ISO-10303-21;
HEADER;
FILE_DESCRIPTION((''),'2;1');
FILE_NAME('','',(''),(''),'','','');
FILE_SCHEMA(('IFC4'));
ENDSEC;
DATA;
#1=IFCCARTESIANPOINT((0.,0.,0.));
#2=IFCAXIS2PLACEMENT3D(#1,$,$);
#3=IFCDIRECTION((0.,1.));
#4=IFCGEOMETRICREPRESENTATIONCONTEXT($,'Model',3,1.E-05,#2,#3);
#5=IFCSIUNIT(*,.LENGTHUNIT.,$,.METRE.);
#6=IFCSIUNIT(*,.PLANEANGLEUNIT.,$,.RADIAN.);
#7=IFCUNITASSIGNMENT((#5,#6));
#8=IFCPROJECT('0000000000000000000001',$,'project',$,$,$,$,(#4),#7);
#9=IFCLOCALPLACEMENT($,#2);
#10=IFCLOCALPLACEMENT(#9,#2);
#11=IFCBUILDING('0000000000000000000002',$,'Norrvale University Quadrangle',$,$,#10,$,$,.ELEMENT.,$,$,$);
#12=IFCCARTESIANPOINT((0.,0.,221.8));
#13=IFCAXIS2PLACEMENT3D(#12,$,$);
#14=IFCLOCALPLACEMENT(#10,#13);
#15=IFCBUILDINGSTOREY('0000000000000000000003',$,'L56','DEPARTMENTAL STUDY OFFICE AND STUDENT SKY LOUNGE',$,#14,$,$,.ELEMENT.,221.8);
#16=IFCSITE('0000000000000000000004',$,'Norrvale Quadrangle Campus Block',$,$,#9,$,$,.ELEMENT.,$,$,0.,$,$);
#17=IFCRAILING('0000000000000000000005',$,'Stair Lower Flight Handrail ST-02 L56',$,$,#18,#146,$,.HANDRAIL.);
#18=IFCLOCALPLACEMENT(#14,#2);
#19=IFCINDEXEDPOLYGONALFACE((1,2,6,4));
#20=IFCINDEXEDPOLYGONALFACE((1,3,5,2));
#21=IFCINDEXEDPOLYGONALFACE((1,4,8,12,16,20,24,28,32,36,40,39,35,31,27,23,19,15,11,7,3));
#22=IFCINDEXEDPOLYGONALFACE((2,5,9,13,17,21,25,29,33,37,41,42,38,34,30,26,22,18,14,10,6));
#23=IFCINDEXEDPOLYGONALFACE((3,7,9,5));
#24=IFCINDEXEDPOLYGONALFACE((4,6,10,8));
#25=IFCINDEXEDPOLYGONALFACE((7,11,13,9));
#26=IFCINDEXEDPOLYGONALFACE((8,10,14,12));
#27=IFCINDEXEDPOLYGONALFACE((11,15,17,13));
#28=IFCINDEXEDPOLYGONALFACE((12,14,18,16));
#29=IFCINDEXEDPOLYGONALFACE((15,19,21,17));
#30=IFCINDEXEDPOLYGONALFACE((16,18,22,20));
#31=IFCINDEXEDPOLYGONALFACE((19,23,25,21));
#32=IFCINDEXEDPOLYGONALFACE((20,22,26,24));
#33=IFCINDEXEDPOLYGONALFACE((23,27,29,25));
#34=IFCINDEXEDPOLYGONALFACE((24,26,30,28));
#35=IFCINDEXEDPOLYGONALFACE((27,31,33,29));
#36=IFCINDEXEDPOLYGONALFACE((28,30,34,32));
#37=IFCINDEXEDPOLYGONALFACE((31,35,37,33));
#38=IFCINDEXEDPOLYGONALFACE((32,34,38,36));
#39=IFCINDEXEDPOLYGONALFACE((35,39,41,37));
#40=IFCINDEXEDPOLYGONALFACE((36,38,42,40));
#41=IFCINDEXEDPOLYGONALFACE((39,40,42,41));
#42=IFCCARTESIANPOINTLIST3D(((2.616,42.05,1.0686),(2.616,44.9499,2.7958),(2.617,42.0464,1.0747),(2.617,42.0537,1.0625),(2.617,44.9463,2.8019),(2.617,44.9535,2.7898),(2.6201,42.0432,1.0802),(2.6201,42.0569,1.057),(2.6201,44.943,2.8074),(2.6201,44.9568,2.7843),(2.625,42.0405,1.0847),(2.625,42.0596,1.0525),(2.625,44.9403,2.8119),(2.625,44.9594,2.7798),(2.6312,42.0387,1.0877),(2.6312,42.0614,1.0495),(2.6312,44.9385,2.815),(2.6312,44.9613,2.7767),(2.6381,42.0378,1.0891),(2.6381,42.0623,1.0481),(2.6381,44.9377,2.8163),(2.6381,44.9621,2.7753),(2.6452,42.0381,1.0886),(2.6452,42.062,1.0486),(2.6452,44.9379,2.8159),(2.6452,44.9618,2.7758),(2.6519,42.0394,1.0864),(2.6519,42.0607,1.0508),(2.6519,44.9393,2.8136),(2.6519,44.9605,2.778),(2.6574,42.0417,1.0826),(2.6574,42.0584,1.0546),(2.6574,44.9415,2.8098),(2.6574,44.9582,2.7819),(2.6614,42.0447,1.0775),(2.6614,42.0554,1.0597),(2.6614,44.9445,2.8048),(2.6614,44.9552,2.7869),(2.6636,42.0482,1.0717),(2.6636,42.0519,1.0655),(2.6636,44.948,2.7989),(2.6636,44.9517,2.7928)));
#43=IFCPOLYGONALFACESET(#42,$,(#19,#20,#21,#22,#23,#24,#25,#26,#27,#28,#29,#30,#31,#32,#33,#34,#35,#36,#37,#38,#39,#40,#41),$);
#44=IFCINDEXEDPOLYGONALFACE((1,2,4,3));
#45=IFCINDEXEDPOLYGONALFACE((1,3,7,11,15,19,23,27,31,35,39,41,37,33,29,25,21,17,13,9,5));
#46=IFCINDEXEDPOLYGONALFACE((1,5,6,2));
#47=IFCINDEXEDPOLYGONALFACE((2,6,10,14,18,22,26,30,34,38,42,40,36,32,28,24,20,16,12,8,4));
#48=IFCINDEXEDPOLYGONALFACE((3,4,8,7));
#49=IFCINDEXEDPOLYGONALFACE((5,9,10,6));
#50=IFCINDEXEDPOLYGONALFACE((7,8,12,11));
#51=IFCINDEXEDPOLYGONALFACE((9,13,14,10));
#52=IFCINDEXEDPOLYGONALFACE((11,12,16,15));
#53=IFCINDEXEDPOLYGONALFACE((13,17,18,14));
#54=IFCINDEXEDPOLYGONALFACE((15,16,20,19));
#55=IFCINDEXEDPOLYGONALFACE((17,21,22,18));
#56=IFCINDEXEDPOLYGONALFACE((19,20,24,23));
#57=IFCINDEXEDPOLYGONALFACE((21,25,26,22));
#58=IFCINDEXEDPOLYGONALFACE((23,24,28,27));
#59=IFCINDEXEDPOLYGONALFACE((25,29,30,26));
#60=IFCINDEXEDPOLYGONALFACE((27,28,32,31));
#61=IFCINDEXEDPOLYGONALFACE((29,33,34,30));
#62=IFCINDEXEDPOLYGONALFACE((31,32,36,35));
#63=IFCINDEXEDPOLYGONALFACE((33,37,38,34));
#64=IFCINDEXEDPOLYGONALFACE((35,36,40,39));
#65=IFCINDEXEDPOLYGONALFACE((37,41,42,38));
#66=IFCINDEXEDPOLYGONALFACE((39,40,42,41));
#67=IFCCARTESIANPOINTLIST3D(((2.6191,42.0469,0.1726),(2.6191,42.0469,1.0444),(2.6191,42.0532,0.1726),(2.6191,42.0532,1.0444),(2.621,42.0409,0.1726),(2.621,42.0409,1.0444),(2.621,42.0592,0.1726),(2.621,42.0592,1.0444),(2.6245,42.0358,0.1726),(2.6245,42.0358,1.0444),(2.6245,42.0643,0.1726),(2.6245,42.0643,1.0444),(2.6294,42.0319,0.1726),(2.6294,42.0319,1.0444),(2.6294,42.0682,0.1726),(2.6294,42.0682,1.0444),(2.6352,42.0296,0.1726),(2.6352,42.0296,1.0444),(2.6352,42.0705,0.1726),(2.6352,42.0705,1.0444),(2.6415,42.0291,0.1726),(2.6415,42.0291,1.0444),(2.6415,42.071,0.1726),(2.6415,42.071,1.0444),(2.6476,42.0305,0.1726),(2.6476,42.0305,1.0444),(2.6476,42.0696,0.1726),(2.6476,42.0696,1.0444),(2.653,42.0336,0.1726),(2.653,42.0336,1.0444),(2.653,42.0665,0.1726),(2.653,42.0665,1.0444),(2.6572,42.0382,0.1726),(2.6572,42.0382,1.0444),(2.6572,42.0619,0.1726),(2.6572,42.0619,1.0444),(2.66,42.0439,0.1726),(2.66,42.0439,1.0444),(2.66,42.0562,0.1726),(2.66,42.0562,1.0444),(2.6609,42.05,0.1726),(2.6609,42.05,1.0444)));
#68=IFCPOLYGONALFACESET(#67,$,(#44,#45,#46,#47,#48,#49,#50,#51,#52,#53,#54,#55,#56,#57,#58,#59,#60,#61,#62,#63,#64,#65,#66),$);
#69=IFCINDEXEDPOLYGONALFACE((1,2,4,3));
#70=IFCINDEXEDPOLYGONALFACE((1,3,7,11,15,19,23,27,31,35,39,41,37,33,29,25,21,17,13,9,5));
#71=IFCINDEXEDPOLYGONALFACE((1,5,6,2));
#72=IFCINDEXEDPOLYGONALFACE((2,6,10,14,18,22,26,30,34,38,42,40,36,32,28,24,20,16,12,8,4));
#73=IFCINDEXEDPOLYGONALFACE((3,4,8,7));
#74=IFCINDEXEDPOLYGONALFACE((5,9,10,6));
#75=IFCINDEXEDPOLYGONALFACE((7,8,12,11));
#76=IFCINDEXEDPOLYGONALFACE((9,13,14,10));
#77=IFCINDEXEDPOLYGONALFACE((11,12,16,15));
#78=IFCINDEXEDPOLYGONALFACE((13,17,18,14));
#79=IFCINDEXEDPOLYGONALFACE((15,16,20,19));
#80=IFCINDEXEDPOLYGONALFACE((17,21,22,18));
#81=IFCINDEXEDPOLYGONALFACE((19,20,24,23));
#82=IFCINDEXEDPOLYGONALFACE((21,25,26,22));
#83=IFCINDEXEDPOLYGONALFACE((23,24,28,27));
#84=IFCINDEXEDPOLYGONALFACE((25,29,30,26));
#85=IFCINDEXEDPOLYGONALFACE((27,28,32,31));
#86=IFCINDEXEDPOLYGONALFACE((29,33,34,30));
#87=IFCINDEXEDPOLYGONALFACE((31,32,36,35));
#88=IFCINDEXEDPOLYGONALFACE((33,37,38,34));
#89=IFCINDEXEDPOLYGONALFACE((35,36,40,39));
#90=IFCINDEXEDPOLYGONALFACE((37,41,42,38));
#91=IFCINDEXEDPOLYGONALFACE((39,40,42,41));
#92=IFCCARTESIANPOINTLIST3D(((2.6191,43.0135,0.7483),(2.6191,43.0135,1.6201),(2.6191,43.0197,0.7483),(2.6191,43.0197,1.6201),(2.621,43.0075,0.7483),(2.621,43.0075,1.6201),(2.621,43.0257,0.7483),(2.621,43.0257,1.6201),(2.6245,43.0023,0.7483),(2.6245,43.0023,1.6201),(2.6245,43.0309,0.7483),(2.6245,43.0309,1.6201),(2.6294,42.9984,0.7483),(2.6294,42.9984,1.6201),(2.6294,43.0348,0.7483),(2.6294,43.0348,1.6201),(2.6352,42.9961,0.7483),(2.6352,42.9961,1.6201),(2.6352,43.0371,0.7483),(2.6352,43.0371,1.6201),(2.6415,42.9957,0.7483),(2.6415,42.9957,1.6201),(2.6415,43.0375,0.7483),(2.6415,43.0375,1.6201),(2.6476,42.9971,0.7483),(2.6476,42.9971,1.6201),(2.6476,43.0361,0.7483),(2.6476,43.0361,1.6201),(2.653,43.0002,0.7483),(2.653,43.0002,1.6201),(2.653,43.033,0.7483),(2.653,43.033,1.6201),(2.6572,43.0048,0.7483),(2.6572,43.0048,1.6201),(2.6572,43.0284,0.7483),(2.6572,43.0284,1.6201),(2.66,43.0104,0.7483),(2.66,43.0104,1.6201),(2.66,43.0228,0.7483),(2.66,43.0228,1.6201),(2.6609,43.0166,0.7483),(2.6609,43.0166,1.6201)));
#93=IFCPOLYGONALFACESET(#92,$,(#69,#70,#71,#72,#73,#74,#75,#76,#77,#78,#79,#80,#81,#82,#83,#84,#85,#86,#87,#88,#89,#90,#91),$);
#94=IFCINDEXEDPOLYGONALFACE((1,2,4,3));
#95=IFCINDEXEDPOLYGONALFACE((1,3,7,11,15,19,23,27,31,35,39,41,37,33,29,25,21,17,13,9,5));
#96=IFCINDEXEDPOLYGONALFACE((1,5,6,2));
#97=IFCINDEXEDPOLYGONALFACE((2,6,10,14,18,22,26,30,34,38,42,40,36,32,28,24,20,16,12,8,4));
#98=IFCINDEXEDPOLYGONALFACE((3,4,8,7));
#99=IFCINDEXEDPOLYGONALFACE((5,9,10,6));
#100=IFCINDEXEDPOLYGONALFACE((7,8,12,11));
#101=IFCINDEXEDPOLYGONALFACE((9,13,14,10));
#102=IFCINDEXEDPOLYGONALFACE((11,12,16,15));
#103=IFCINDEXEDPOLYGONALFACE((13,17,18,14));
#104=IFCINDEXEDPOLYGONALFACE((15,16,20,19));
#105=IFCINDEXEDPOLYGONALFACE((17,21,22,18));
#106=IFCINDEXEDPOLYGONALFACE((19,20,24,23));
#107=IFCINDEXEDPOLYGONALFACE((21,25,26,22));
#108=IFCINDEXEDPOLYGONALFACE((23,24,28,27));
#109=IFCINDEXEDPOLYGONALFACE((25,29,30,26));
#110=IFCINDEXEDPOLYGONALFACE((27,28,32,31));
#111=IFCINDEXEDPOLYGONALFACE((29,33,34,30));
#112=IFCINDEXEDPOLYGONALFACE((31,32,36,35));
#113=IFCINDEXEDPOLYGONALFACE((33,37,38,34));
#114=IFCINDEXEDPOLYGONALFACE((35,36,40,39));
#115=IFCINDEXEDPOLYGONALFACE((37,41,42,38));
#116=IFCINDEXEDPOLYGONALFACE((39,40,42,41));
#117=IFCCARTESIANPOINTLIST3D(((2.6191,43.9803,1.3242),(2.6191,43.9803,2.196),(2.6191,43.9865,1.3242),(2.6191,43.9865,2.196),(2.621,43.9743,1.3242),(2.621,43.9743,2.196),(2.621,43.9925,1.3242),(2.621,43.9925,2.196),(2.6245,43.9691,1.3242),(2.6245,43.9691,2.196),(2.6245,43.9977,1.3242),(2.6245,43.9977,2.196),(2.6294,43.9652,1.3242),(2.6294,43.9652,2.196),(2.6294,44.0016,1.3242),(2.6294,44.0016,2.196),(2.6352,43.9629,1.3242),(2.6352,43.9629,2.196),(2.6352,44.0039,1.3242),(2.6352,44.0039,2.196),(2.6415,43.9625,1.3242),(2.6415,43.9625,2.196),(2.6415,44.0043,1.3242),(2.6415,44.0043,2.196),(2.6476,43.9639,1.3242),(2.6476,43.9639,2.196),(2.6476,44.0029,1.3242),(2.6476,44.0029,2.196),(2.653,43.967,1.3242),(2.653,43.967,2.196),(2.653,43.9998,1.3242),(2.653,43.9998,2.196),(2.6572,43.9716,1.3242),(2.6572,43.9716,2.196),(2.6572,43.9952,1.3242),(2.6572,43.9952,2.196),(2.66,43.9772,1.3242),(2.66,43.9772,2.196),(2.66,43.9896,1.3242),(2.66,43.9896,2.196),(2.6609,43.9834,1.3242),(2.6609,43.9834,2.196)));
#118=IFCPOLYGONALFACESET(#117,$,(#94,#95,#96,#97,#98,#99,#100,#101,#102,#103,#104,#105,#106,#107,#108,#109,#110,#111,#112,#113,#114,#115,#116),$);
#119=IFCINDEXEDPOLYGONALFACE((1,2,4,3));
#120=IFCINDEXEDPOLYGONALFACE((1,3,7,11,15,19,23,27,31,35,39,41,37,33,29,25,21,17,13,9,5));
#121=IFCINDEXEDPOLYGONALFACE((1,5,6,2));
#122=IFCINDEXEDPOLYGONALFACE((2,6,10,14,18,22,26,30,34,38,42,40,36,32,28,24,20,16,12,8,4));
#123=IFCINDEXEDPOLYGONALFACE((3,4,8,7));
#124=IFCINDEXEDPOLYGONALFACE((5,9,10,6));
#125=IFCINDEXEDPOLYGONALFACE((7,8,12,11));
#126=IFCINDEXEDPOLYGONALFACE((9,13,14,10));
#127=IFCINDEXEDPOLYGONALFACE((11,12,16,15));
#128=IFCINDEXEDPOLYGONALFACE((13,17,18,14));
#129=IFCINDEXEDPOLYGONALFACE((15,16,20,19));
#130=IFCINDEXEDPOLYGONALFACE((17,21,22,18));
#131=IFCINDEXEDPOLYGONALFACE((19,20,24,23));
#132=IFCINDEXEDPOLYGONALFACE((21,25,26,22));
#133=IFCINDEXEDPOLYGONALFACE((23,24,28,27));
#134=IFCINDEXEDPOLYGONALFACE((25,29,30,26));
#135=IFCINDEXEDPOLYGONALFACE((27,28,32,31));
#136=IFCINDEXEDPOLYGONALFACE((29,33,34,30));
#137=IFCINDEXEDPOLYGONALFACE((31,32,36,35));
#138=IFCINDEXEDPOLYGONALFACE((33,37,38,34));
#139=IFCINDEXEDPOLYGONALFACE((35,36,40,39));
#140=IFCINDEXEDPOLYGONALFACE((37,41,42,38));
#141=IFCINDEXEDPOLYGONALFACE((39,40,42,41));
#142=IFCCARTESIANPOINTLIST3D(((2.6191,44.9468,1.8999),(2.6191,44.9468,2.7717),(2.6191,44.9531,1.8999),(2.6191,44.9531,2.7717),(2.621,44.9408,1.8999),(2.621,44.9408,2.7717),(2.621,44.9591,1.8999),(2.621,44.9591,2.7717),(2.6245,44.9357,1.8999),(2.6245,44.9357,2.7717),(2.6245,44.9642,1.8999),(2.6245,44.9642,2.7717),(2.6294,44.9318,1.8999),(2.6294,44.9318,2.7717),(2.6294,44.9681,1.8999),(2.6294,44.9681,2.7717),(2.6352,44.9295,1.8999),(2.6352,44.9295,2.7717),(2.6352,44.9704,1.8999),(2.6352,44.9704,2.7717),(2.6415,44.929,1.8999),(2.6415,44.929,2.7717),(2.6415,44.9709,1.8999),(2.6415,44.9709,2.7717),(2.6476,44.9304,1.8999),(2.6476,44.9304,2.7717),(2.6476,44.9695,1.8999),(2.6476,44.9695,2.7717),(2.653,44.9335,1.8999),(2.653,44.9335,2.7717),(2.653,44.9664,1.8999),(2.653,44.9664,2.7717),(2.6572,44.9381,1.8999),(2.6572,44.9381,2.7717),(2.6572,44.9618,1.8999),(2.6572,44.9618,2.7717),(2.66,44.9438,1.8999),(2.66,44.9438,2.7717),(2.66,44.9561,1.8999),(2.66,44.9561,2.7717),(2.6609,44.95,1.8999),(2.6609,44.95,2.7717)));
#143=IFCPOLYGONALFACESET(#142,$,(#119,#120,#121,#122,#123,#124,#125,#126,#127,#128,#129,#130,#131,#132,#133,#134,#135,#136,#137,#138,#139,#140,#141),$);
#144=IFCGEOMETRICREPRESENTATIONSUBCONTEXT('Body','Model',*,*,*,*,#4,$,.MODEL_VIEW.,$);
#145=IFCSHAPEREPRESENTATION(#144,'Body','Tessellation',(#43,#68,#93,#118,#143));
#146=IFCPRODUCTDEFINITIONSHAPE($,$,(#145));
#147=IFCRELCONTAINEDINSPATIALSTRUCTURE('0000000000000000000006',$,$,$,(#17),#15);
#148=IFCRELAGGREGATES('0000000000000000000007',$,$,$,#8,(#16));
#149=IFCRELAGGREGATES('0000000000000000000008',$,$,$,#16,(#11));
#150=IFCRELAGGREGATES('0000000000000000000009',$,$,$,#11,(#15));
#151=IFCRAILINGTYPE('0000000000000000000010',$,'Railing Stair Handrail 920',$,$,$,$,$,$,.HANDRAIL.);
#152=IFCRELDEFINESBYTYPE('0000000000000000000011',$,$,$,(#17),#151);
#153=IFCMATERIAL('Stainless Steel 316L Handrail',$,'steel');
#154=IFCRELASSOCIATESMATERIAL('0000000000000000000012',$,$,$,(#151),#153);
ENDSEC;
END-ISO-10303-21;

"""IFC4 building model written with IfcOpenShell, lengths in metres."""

from ifc_helpers import new_model, si_unit, direction, frame, origin, origin_2d, place, context, subcontext, project, spatial, circle, extrude, material, type_object, element, save


model = new_model("IFC4")

# Units and contexts
model_context = context("Model", 3, precision=1e-05, world=origin(), true_north=direction((0.0, 1.0)))
body_context = subcontext(model_context, "Body", "Model", "MODEL_VIEW")
ifc_project = project(units=[si_unit("LENGTHUNIT", "METRE"), si_unit("PLANEANGLEUNIT", "RADIAN")], contexts=[model_context])

# Site, building, storey
site_placement = place(None, origin())
site = spatial("IfcSite", under=ifc_project, at=site_placement, Name="Norrvale Quadrangle Campus Block", CompositionType="ELEMENT", RefElevation=0.0)
building_placement = place(site_placement, origin())
building = spatial("IfcBuilding", under=site, at=building_placement, Name="Norrvale University Quadrangle", CompositionType="ELEMENT")
storey_placement = place(building_placement, frame((0.0, 0.0, 221.8)))
storey = spatial("IfcBuildingStorey", under=building, at=storey_placement, Name="L56", Description="DEPARTMENTAL STUDY OFFICE AND STUDENT SKY LOUNGE", CompositionType="ELEMENT", Elevation=221.8)

# Railing
ifc_material_1 = material(Name="Stainless Steel 316L Handrail", Category="steel")
railing_type_1 = type_object("IfcRailingType", Name="Railing Stair Handrail 920", PredefinedType="HANDRAIL", material=ifc_material_1)
railing_1_placement = place(storey_placement, frame((2.6399, 42.05, 0.1726)))
element("IfcRailing", 1, at=railing_1_placement, inside=storey, type_object=railing_type_1, Name="Stair Lower Flight Handrail ST-02 L56", PredefinedType="HANDRAIL", context=body_context, shape_type="SweptSolid", body=[
    extrude(circle(Radius=0.0239, at=origin_2d()), frame((0.0, 0.0, 0.896), z_axis=(0.0, 0.859141, 0.511738), x_axis=(-1.0, 0.0, 0.0)), (0.0, 0.0, 1.0), 3.3752),
    extrude(circle(Radius=0.021, at=origin_2d()), origin(), (0.0, 0.0, 1.0), 0.8718),
    extrude(circle(Radius=0.021, at=origin_2d()), frame((0.0, 0.9666, 0.5757)), (0.0, 0.0, 1.0), 0.8718),
    extrude(circle(Radius=0.021, at=origin_2d()), frame((0.0, 1.9333, 1.1516)), (0.0, 0.0, 1.0), 0.8718),
    extrude(circle(Radius=0.021, at=origin_2d()), frame((0.0, 2.8999, 1.7273)), (0.0, 0.0, 1.0), 0.8718),
])

save(model, "model.ifc")
